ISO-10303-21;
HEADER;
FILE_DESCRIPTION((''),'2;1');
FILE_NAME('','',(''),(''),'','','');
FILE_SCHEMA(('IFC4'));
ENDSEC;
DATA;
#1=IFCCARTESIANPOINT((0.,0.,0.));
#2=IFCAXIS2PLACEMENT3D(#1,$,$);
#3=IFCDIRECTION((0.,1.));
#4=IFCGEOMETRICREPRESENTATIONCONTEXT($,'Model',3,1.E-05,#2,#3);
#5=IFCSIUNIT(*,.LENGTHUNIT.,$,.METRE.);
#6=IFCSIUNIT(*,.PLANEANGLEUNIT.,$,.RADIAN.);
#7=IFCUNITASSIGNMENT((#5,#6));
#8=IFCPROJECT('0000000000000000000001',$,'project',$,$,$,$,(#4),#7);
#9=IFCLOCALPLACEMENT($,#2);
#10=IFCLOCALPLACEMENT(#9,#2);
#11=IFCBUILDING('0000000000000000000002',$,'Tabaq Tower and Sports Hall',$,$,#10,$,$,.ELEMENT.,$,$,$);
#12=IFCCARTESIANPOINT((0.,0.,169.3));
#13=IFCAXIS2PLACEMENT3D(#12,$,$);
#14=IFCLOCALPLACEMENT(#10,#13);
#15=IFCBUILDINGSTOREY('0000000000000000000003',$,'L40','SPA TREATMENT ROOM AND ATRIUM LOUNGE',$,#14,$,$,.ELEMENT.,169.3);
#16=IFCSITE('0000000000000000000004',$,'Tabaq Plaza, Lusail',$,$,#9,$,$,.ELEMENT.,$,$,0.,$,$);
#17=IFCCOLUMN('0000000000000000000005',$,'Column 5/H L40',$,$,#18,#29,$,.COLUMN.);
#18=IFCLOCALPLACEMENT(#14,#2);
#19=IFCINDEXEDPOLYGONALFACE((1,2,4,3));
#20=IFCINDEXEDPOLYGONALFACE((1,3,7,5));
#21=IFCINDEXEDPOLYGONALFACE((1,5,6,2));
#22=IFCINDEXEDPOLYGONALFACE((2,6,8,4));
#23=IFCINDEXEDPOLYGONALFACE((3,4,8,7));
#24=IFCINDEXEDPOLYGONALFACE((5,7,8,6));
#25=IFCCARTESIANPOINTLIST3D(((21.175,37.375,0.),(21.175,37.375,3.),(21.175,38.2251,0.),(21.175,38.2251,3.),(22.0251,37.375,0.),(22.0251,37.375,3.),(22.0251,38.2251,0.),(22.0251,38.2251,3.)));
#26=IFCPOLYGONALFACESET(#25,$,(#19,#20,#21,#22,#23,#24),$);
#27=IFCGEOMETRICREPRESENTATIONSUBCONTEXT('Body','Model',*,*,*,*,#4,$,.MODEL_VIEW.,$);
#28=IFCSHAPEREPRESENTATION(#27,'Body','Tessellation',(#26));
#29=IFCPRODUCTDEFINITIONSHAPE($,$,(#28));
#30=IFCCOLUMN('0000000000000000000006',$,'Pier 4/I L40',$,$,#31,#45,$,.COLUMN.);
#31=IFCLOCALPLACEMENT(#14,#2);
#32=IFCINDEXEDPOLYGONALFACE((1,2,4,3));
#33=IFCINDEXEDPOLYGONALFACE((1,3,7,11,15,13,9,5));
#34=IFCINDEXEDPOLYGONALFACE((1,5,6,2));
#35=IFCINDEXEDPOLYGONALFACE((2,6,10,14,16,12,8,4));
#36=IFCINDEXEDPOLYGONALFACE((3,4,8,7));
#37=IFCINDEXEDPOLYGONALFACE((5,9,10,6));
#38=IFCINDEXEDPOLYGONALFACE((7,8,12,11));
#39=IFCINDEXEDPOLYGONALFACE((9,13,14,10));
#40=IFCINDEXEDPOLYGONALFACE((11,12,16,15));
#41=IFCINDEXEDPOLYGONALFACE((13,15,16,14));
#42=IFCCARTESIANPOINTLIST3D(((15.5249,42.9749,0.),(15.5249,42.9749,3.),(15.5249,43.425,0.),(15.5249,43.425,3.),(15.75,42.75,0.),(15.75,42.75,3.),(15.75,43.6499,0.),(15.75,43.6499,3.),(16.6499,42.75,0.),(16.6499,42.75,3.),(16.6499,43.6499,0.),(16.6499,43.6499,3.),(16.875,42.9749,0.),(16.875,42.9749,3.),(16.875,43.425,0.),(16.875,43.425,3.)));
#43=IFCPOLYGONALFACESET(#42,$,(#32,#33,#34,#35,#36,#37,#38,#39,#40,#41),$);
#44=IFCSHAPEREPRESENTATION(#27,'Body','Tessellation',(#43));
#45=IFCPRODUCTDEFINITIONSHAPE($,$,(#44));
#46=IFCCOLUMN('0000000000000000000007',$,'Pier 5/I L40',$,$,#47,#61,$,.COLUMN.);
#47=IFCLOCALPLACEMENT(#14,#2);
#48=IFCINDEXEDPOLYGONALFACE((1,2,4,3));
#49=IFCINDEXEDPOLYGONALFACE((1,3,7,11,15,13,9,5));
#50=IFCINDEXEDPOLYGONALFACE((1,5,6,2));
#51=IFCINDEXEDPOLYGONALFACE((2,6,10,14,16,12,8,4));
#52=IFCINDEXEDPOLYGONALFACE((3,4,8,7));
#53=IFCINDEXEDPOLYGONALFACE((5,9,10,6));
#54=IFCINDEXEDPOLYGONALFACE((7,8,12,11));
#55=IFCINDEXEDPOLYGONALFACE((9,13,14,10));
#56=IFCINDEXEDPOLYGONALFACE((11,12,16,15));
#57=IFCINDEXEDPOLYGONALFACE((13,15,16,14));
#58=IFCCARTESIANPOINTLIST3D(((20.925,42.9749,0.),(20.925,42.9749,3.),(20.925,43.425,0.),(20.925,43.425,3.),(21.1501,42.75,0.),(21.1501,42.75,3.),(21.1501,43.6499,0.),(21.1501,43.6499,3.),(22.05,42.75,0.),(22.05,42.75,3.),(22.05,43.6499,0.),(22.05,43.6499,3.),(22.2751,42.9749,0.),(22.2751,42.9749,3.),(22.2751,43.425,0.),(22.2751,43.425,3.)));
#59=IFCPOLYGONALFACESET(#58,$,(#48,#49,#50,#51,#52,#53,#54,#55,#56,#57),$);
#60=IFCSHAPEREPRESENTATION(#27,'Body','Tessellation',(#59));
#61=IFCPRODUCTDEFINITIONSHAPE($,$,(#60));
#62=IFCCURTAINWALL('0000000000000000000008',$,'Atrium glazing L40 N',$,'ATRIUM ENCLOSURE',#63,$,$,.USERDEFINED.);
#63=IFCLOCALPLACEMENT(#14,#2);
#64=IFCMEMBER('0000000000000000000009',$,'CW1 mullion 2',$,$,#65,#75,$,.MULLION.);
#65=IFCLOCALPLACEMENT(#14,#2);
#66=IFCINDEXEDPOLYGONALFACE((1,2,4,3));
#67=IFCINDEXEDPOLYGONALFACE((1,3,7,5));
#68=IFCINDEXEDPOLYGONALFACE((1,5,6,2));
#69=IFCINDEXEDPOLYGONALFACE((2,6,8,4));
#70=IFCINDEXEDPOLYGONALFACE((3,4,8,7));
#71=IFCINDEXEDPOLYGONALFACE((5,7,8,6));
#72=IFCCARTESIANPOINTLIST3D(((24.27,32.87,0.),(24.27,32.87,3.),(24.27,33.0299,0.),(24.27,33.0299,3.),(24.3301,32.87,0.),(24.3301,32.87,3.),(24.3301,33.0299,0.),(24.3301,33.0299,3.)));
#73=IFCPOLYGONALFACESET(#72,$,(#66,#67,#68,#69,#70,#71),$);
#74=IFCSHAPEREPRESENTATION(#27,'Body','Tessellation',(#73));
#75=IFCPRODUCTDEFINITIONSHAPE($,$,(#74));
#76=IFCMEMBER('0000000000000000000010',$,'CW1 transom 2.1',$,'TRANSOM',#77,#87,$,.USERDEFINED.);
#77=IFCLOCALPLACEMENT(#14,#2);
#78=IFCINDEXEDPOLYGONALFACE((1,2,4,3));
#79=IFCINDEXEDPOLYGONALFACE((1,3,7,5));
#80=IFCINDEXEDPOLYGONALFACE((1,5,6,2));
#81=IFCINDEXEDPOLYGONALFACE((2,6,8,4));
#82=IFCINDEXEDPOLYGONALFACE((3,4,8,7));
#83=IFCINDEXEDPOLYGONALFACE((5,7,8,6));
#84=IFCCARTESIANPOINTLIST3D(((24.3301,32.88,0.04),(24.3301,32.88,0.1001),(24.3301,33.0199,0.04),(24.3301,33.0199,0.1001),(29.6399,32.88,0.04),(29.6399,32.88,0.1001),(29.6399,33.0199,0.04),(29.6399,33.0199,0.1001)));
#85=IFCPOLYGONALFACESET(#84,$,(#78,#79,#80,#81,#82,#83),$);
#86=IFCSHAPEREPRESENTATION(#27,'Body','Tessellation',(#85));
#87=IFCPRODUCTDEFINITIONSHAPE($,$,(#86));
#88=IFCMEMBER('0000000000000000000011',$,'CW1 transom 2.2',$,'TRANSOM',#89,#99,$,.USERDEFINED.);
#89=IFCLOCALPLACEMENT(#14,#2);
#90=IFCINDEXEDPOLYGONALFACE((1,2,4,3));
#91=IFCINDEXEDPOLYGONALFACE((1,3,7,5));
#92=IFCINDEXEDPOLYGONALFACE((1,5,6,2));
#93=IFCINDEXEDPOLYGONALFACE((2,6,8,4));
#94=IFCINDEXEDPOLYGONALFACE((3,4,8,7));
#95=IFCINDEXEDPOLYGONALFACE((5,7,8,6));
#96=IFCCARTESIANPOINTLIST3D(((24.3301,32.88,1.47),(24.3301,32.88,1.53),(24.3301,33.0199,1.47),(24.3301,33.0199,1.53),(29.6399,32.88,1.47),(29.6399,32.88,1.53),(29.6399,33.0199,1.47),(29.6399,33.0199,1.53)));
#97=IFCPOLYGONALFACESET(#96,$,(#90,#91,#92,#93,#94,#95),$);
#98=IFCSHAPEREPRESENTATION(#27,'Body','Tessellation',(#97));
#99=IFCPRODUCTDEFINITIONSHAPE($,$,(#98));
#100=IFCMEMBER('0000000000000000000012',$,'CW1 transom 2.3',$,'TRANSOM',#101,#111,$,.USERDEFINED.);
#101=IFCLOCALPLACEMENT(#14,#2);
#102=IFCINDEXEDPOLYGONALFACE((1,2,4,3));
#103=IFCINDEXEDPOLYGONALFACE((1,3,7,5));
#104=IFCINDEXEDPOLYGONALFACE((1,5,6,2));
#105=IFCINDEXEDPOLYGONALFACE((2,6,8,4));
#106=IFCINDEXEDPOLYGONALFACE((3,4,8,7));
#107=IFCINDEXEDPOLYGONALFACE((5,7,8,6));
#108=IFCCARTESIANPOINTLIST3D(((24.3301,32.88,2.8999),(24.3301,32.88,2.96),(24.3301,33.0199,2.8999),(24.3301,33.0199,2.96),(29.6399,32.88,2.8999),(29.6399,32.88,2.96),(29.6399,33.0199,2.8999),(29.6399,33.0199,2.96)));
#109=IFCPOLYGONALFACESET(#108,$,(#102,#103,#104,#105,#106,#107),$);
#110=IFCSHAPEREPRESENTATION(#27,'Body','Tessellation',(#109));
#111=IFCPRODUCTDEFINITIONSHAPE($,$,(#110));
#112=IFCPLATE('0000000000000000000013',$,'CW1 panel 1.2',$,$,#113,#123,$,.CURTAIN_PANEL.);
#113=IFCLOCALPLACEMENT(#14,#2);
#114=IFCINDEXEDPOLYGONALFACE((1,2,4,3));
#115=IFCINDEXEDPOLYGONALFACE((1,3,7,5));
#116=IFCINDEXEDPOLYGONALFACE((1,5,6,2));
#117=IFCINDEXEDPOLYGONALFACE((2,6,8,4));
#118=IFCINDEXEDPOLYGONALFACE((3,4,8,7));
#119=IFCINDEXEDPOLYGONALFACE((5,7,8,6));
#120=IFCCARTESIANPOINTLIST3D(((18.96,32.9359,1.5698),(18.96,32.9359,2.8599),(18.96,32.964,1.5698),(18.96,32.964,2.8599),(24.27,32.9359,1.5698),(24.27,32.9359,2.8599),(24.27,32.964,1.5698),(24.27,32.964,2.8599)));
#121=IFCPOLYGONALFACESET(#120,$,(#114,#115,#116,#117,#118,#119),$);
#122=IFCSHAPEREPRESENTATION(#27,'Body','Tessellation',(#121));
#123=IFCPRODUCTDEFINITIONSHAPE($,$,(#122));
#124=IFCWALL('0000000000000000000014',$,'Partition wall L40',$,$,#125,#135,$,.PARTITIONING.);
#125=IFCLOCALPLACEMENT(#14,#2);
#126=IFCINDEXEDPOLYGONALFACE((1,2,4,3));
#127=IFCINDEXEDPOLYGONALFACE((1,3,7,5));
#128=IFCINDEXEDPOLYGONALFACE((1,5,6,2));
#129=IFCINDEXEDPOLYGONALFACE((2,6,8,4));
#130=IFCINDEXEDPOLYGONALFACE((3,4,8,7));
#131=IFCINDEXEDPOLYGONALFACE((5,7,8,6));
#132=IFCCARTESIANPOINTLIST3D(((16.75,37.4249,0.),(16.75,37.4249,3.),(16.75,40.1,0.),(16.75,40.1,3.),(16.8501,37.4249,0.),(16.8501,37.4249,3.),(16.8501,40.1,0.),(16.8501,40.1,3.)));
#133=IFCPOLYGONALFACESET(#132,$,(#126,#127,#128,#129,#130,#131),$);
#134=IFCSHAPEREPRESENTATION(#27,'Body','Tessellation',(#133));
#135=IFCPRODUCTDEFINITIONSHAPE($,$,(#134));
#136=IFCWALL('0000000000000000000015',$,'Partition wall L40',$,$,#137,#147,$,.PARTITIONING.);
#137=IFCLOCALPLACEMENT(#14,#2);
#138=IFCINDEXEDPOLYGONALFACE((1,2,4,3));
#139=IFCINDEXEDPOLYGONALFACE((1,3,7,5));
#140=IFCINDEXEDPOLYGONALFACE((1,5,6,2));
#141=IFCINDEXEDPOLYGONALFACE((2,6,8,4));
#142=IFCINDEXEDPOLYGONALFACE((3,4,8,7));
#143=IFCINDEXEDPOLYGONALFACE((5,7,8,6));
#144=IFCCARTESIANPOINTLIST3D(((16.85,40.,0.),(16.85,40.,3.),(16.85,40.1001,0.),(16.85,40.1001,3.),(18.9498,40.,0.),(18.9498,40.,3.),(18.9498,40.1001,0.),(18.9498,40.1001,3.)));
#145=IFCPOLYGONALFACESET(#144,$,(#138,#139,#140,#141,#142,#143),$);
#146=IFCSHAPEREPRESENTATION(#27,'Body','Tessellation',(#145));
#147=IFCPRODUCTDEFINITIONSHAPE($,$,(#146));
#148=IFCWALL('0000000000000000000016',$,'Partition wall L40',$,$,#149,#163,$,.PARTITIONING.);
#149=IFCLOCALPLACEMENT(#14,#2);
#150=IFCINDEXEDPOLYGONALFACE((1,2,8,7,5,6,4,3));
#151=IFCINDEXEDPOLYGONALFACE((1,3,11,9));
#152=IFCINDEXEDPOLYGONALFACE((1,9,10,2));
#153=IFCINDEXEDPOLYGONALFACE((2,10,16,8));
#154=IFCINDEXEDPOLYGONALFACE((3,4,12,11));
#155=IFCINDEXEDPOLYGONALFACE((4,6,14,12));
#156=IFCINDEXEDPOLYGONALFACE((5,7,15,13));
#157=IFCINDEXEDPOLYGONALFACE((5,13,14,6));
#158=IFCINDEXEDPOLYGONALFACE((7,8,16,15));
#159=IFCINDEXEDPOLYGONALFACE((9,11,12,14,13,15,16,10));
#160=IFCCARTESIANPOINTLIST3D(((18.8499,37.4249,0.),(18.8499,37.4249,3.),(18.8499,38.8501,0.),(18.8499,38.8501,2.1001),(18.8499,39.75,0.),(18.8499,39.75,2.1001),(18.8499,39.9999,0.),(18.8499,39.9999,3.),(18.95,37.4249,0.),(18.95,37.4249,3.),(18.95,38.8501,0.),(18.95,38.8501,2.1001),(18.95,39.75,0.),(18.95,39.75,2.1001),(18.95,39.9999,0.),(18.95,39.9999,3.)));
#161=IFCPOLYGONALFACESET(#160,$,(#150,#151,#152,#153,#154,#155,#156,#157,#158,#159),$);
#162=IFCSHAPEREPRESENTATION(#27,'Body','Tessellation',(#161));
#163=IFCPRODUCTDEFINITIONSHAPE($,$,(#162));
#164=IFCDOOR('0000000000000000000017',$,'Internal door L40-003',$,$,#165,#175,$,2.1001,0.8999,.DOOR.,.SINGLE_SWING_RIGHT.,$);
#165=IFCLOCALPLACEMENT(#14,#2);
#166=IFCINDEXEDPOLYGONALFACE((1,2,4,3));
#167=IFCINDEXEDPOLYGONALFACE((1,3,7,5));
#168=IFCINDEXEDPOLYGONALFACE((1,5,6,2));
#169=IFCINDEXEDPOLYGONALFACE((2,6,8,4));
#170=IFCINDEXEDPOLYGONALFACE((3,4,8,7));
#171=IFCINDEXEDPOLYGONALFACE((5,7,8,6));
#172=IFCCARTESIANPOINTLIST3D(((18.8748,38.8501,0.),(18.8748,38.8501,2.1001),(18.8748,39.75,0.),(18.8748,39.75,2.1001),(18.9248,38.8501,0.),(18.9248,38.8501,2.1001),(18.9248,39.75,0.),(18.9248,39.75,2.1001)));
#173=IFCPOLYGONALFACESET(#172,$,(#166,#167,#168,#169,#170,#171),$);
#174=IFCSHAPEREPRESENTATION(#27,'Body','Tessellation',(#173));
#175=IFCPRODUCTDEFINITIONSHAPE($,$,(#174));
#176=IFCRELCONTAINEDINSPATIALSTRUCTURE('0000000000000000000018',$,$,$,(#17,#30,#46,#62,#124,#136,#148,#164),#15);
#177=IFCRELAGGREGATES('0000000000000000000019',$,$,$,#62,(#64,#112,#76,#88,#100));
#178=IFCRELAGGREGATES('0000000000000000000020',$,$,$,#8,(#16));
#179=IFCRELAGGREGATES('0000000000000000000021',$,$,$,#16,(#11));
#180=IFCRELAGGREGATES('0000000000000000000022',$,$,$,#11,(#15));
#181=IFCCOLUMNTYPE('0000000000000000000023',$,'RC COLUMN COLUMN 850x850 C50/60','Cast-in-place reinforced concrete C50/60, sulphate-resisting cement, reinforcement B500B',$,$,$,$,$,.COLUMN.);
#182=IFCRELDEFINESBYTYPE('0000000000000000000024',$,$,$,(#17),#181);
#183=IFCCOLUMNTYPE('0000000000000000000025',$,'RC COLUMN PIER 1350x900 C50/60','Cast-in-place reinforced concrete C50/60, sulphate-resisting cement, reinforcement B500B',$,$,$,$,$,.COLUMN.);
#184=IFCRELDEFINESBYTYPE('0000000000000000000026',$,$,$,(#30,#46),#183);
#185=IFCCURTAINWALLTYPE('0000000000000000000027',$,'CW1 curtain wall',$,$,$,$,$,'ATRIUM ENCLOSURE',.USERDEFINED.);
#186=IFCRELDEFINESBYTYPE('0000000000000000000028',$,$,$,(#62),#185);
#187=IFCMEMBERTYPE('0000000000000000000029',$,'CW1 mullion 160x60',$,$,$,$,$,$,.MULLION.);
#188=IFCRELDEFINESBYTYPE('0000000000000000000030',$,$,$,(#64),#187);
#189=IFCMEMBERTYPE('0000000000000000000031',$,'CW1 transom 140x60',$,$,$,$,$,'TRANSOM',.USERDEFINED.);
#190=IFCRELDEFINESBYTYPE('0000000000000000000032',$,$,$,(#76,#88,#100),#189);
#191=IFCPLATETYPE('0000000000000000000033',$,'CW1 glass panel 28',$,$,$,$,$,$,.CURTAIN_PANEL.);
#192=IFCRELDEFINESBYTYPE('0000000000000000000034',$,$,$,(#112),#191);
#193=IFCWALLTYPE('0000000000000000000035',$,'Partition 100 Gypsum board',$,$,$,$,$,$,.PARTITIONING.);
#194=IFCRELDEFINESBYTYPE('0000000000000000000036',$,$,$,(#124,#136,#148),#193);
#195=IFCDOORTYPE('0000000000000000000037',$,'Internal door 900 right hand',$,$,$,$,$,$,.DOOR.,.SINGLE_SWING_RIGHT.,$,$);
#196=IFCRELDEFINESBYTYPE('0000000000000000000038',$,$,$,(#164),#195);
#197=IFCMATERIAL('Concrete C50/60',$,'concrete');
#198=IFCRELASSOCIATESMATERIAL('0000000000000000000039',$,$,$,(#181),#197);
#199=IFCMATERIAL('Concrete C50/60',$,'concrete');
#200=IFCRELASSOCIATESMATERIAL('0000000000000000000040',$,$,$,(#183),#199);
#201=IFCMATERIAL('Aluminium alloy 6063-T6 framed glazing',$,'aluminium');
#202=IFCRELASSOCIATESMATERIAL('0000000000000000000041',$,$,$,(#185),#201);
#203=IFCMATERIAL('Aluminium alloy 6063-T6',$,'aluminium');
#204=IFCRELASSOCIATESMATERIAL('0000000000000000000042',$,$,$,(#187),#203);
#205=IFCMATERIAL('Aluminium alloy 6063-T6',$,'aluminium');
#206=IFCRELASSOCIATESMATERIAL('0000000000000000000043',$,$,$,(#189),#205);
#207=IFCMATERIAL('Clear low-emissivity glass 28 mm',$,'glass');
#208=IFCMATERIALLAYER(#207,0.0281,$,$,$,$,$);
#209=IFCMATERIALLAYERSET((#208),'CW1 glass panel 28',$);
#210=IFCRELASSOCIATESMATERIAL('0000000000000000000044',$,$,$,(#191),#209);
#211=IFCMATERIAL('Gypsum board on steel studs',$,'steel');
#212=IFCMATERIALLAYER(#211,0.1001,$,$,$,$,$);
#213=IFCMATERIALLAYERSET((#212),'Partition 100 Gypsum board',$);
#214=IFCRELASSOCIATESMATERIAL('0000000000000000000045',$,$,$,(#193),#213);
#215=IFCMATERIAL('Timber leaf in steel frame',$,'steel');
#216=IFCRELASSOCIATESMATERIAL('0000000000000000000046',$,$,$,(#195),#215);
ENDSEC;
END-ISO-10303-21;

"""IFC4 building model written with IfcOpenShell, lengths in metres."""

from ifc_helpers import new_model, si_unit, direction, frame, frame_2d, origin, origin_2d, place, context, subcontext, project, spatial, polyline, rectangle, outline, extrude, material, layer, layer_set, material_profile, profile_set, type_object, element, fill, aggregate, save


model = new_model("IFC4")

# Units and contexts
model_context = context("Model", 3, precision=1e-05, world=origin(), true_north=direction((0.0, 1.0)))
body_context = subcontext(model_context, "Body", "Model", "MODEL_VIEW")
ifc_project = project(units=[si_unit("LENGTHUNIT", "METRE"), si_unit("PLANEANGLEUNIT", "RADIAN")], contexts=[model_context])

# Site, building, storey
site_placement = place(None, origin())
site = spatial("IfcSite", under=ifc_project, at=site_placement, Name="Tabaq Plaza, Lusail", CompositionType="ELEMENT", RefElevation=0.0)
building_placement = place(site_placement, origin())
building = spatial("IfcBuilding", under=site, at=building_placement, Name="Tabaq Tower and Sports Hall", CompositionType="ELEMENT")
storey_placement = place(building_placement, frame((0.0, 0.0, 169.3)))
storey = spatial("IfcBuildingStorey", under=building, at=storey_placement, Name="L40", Description="SPA TREATMENT ROOM AND ATRIUM LOUNGE", CompositionType="ELEMENT", Elevation=169.3)

# Columns
ifc_material_1 = material(Name="Concrete C50/60", Category="concrete")
ifc_material_profile_1 = material_profile(ifc_material_1, rectangle(XDim=0.8501, YDim=0.8501, at=origin_2d()), Name="COLUMN 850x850")
ifc_profile_set_1 = profile_set([ifc_material_profile_1], Name="Concrete C50/60")
column_type_1 = type_object("IfcColumnType", Name="RC COLUMN COLUMN 850x850 C50/60", Description="Cast-in-place reinforced concrete C50/60, sulphate-resisting cement, reinforcement B500B", PredefinedType="COLUMN", material=ifc_profile_set_1)
column_placement = place(storey_placement, frame((21.6001, 37.8, 0.0), z_axis=(0.0, 0.0, 1.0), x_axis=(1.0, 0.0, 0.0)))
element("IfcColumn", 1, at=column_placement, inside=storey, type_object=column_type_1, Name="Column 5/H L40", PredefinedType="COLUMN", context=body_context, shape_type="SweptSolid", body=[
    extrude(rectangle(XDim=0.8501, YDim=0.8501, at=origin_2d()), origin(), (0.0, 0.0, 1.0), 3.0),
])
ifc_material_2 = material(Name="Concrete C50/60", Category="concrete")
ifc_material_profile_2 = material_profile(ifc_material_2, outline(polyline([(-0.45, -0.45), (0.45, -0.45), (0.675, -0.2251), (0.675, 0.2251), (0.45, 0.45), (-0.45, 0.45), (-0.675, 0.2251), (-0.675, -0.2251), (-0.45, -0.45)])), Name="PIER 1350x900")
ifc_profile_set_2 = profile_set([ifc_material_profile_2], Name="Concrete C50/60")
column_type_2 = type_object("IfcColumnType", Name="RC COLUMN PIER 1350x900 C50/60", Description="Cast-in-place reinforced concrete C50/60, sulphate-resisting cement, reinforcement B500B", PredefinedType="COLUMN", material=ifc_profile_set_2)
for number, where, z_axis, x_axis, name in (
    (2, (16.2, 43.2, 0.0), (0.0, 0.0, 1.0), (1.0, 0.0, 0.0), "Pier 4/I L40"),
    (3, (21.6001, 43.2, 0.0), (0.0, 0.0, 1.0), (1.0, 0.0, 0.0), "Pier 5/I L40"),
):
    element("IfcColumn", number, at=place(storey_placement, frame(where, z_axis=z_axis, x_axis=x_axis)), inside=storey, type_object=column_type_2, Name=name, PredefinedType="COLUMN", context=body_context, shape_type="SweptSolid", body=[
        extrude(outline(polyline([(-0.45, -0.45), (0.45, -0.45), (0.675, -0.2251), (0.675, 0.2251), (0.45, 0.45), (-0.45, 0.45), (-0.675, 0.2251), (-0.675, -0.2251), (-0.45, -0.45)])), origin(), (0.0, 0.0, 1.0), 3.0),
    ])

# Curtain wall, members, plate
ifc_material_3 = material(Name="Aluminium alloy 6063-T6 framed glazing", Category="aluminium")
curtain_wall_type = type_object("IfcCurtainWallType", Name="CW1 curtain wall", ElementType="ATRIUM ENCLOSURE", PredefinedType="USERDEFINED", material=ifc_material_3)
curtain_wall_placement = place(storey_placement, origin())
curtain_wall = element("IfcCurtainWall", 4, at=curtain_wall_placement, inside=storey, type_object=curtain_wall_type, Name="Atrium glazing L40 N", ObjectType="ATRIUM ENCLOSURE", PredefinedType="USERDEFINED")
ifc_material_4 = material(Name="Aluminium alloy 6063-T6", Category="aluminium")
ifc_material_profile_3 = material_profile(ifc_material_4, rectangle(XDim=0.1599, YDim=0.0601, at=origin_2d()), Name="MULLION 160x60")
ifc_profile_set_3 = profile_set([ifc_material_profile_3], Name="Aluminium alloy 6063-T6")
member_type_1 = type_object("IfcMemberType", Name="CW1 mullion 160x60", PredefinedType="MULLION", material=ifc_profile_set_3)
member_1_placement = place(storey_placement, frame((24.3, 32.95, 0.0), z_axis=(0.0, 0.0, 1.0), x_axis=(0.0, 1.0, 0.0)))
member_1 = element("IfcMember", 5, at=member_1_placement, type_object=member_type_1, Name="CW1 mullion 2", PredefinedType="MULLION", context=body_context, shape_type="SweptSolid", body=[
    extrude(rectangle(XDim=0.1599, YDim=0.0601, at=origin_2d()), origin(), (0.0, 0.0, 1.0), 3.0),
])
ifc_material_5 = material(Name="Aluminium alloy 6063-T6", Category="aluminium")
ifc_material_profile_4 = material_profile(ifc_material_5, rectangle(XDim=0.1399, YDim=0.0601, at=origin_2d()), Name="TRANSOM 140x60")
ifc_profile_set_4 = profile_set([ifc_material_profile_4], Name="Aluminium alloy 6063-T6")
member_type_2 = type_object("IfcMemberType", Name="CW1 transom 140x60", ElementType="TRANSOM", PredefinedType="USERDEFINED", material=ifc_profile_set_4)
member_2_placement = place(storey_placement, frame((24.3301, 32.95, 0.0701), z_axis=(1.0, 0.0, 0.0), x_axis=(0.0, 1.0, 0.0)))
member_2 = element("IfcMember", 6, at=member_2_placement, type_object=member_type_2, Name="CW1 transom 2.1", ObjectType="TRANSOM", PredefinedType="USERDEFINED", context=body_context, shape_type="SweptSolid", body=[
    extrude(rectangle(XDim=0.1399, YDim=0.0601, at=origin_2d()), origin(), (0.0, 0.0, 1.0), 5.3098),
])
member_3_placement = place(storey_placement, frame((24.3301, 32.95, 1.5), z_axis=(1.0, 0.0, 0.0), x_axis=(0.0, 1.0, 0.0)))
member_3 = element("IfcMember", 7, at=member_3_placement, type_object=member_type_2, Name="CW1 transom 2.2", ObjectType="TRANSOM", PredefinedType="USERDEFINED", context=body_context, shape_type="SweptSolid", body=[
    extrude(rectangle(XDim=0.1399, YDim=0.0601, at=origin_2d()), origin(), (0.0, 0.0, 1.0), 5.3098),
])
member_4_placement = place(storey_placement, frame((24.3301, 32.95, 2.9299), z_axis=(1.0, 0.0, 0.0), x_axis=(0.0, 1.0, 0.0)))
member_4 = element("IfcMember", 8, at=member_4_placement, type_object=member_type_2, Name="CW1 transom 2.3", ObjectType="TRANSOM", PredefinedType="USERDEFINED", context=body_context, shape_type="SweptSolid", body=[
    extrude(rectangle(XDim=0.1399, YDim=0.0601, at=origin_2d()), origin(), (0.0, 0.0, 1.0), 5.3098),
])
ifc_material_6 = material(Name="Clear low-emissivity glass 28 mm", Category="glass")
ifc_layer_1 = layer(ifc_material_6, 0.0281)
ifc_layer_set_1 = layer_set([ifc_layer_1], Name="CW1 glass panel 28")
plate_type = type_object("IfcPlateType", Name="CW1 glass panel 28", PredefinedType="CURTAIN_PANEL", material=ifc_layer_set_1)
plate_placement = place(storey_placement, frame((21.615, 32.95, 1.5698), z_axis=(0.0, 0.0, 1.0), x_axis=(1.0, 0.0, 0.0)))
plate = element("IfcPlate", 9, at=plate_placement, type_object=plate_type, Name="CW1 panel 1.2", PredefinedType="CURTAIN_PANEL", context=body_context, shape_type="SweptSolid", body=[
    extrude(rectangle(XDim=5.3101, YDim=0.0281, at=origin_2d()), origin(), (0.0, 0.0, 1.0), 1.29),
])
aggregate(curtain_wall, [member_1, plate, member_2, member_3, member_4])

# Walls
ifc_material_7 = material(Name="Gypsum board on steel studs", Category="steel")
ifc_layer_2 = layer(ifc_material_7, 0.1001)
ifc_layer_set_2 = layer_set([ifc_layer_2], Name="Partition 100 Gypsum board")
wall_type_1 = type_object("IfcWallType", Name="Partition 100 Gypsum board", PredefinedType="PARTITIONING", material=ifc_layer_set_2)
wall_1_placement = place(storey_placement, frame((16.8, 37.425, 0.0), z_axis=(0.0, 0.0, 1.0), x_axis=(0.0, 1.0, 0.0)))
element("IfcWall", 10, at=wall_1_placement, inside=storey, type_object=wall_type_1, Name="Partition wall L40", PredefinedType="PARTITIONING", context=body_context, shape_type="SweptSolid", body=[
    extrude(rectangle(XDim=2.675, YDim=0.1001, at=frame_2d((1.3374, 0.0))), origin(), (0.0, 0.0, 1.0), 3.0),
])
wall_2_placement = place(storey_placement, frame((16.8501, 40.05, 0.0), z_axis=(0.0, 0.0, 1.0), x_axis=(1.0, 0.0, 0.0)))
element("IfcWall", 11, at=wall_2_placement, inside=storey, type_object=wall_type_1, Name="Partition wall L40", PredefinedType="PARTITIONING", context=body_context, shape_type="SweptSolid", body=[
    extrude(rectangle(XDim=2.0999, YDim=0.1001, at=frame_2d((1.0498, 0.0))), origin(), (0.0, 0.0, 1.0), 3.0),
])

# Wall, opening, door
wall_3_placement = place(storey_placement, frame((18.8999, 40.0, 0.0), z_axis=(0.0, 0.0, 1.0), x_axis=(0.0, -1.0, 0.0)))
wall_3 = element("IfcWall", 12, at=wall_3_placement, inside=storey, type_object=wall_type_1, Name="Partition wall L40", PredefinedType="PARTITIONING", context=body_context, shape_type="SweptSolid", body=[
    extrude(rectangle(XDim=2.575, YDim=0.1001, at=frame_2d((1.2876, 0.0))), origin(), (0.0, 0.0, 1.0), 3.0),
])
opening_1_placement = place(wall_3_placement, frame((0.25, 0.0, 0.0)))
opening_1 = element("IfcOpeningElement", 13, at=opening_1_placement, cuts=wall_3, PredefinedType="OPENING", context=body_context, shape_type="SweptSolid", body=[
    extrude(rectangle(XDim=0.8999, YDim=2.1001, at=frame_2d((0.45, 1.05))), frame((0.0, 0.05, 0.0), z_axis=(0.0, -1.0, 0.0), x_axis=(1.0, 0.0, 0.0)), (0.0, 0.0, 1.0), 0.1001),
])
ifc_material_8 = material(Name="Timber leaf in steel frame", Category="steel")
door_type_1 = type_object("IfcDoorType", Name="Internal door 900 right hand", OperationType="SINGLE_SWING_RIGHT", PredefinedType="DOOR", material=ifc_material_8)
door_1_placement = place(opening_1_placement, origin())
door_1 = element("IfcDoor", 14, at=door_1_placement, inside=storey, type_object=door_type_1, Name="Internal door L40-003", OperationType="SINGLE_SWING_RIGHT", OverallHeight=2.1001, OverallWidth=0.8999, PredefinedType="DOOR", context=body_context, shape_type="SweptSolid", body=[
    extrude(rectangle(XDim=0.8999, YDim=2.1001, at=frame_2d((0.45, 1.05))), frame((0.0, 0.0249, 0.0), z_axis=(0.0, -1.0, 0.0), x_axis=(1.0, 0.0, 0.0)), (0.0, 0.0, 1.0), 0.05),
])
fill(opening_1, door_1)

save(model, "model.ifc")
